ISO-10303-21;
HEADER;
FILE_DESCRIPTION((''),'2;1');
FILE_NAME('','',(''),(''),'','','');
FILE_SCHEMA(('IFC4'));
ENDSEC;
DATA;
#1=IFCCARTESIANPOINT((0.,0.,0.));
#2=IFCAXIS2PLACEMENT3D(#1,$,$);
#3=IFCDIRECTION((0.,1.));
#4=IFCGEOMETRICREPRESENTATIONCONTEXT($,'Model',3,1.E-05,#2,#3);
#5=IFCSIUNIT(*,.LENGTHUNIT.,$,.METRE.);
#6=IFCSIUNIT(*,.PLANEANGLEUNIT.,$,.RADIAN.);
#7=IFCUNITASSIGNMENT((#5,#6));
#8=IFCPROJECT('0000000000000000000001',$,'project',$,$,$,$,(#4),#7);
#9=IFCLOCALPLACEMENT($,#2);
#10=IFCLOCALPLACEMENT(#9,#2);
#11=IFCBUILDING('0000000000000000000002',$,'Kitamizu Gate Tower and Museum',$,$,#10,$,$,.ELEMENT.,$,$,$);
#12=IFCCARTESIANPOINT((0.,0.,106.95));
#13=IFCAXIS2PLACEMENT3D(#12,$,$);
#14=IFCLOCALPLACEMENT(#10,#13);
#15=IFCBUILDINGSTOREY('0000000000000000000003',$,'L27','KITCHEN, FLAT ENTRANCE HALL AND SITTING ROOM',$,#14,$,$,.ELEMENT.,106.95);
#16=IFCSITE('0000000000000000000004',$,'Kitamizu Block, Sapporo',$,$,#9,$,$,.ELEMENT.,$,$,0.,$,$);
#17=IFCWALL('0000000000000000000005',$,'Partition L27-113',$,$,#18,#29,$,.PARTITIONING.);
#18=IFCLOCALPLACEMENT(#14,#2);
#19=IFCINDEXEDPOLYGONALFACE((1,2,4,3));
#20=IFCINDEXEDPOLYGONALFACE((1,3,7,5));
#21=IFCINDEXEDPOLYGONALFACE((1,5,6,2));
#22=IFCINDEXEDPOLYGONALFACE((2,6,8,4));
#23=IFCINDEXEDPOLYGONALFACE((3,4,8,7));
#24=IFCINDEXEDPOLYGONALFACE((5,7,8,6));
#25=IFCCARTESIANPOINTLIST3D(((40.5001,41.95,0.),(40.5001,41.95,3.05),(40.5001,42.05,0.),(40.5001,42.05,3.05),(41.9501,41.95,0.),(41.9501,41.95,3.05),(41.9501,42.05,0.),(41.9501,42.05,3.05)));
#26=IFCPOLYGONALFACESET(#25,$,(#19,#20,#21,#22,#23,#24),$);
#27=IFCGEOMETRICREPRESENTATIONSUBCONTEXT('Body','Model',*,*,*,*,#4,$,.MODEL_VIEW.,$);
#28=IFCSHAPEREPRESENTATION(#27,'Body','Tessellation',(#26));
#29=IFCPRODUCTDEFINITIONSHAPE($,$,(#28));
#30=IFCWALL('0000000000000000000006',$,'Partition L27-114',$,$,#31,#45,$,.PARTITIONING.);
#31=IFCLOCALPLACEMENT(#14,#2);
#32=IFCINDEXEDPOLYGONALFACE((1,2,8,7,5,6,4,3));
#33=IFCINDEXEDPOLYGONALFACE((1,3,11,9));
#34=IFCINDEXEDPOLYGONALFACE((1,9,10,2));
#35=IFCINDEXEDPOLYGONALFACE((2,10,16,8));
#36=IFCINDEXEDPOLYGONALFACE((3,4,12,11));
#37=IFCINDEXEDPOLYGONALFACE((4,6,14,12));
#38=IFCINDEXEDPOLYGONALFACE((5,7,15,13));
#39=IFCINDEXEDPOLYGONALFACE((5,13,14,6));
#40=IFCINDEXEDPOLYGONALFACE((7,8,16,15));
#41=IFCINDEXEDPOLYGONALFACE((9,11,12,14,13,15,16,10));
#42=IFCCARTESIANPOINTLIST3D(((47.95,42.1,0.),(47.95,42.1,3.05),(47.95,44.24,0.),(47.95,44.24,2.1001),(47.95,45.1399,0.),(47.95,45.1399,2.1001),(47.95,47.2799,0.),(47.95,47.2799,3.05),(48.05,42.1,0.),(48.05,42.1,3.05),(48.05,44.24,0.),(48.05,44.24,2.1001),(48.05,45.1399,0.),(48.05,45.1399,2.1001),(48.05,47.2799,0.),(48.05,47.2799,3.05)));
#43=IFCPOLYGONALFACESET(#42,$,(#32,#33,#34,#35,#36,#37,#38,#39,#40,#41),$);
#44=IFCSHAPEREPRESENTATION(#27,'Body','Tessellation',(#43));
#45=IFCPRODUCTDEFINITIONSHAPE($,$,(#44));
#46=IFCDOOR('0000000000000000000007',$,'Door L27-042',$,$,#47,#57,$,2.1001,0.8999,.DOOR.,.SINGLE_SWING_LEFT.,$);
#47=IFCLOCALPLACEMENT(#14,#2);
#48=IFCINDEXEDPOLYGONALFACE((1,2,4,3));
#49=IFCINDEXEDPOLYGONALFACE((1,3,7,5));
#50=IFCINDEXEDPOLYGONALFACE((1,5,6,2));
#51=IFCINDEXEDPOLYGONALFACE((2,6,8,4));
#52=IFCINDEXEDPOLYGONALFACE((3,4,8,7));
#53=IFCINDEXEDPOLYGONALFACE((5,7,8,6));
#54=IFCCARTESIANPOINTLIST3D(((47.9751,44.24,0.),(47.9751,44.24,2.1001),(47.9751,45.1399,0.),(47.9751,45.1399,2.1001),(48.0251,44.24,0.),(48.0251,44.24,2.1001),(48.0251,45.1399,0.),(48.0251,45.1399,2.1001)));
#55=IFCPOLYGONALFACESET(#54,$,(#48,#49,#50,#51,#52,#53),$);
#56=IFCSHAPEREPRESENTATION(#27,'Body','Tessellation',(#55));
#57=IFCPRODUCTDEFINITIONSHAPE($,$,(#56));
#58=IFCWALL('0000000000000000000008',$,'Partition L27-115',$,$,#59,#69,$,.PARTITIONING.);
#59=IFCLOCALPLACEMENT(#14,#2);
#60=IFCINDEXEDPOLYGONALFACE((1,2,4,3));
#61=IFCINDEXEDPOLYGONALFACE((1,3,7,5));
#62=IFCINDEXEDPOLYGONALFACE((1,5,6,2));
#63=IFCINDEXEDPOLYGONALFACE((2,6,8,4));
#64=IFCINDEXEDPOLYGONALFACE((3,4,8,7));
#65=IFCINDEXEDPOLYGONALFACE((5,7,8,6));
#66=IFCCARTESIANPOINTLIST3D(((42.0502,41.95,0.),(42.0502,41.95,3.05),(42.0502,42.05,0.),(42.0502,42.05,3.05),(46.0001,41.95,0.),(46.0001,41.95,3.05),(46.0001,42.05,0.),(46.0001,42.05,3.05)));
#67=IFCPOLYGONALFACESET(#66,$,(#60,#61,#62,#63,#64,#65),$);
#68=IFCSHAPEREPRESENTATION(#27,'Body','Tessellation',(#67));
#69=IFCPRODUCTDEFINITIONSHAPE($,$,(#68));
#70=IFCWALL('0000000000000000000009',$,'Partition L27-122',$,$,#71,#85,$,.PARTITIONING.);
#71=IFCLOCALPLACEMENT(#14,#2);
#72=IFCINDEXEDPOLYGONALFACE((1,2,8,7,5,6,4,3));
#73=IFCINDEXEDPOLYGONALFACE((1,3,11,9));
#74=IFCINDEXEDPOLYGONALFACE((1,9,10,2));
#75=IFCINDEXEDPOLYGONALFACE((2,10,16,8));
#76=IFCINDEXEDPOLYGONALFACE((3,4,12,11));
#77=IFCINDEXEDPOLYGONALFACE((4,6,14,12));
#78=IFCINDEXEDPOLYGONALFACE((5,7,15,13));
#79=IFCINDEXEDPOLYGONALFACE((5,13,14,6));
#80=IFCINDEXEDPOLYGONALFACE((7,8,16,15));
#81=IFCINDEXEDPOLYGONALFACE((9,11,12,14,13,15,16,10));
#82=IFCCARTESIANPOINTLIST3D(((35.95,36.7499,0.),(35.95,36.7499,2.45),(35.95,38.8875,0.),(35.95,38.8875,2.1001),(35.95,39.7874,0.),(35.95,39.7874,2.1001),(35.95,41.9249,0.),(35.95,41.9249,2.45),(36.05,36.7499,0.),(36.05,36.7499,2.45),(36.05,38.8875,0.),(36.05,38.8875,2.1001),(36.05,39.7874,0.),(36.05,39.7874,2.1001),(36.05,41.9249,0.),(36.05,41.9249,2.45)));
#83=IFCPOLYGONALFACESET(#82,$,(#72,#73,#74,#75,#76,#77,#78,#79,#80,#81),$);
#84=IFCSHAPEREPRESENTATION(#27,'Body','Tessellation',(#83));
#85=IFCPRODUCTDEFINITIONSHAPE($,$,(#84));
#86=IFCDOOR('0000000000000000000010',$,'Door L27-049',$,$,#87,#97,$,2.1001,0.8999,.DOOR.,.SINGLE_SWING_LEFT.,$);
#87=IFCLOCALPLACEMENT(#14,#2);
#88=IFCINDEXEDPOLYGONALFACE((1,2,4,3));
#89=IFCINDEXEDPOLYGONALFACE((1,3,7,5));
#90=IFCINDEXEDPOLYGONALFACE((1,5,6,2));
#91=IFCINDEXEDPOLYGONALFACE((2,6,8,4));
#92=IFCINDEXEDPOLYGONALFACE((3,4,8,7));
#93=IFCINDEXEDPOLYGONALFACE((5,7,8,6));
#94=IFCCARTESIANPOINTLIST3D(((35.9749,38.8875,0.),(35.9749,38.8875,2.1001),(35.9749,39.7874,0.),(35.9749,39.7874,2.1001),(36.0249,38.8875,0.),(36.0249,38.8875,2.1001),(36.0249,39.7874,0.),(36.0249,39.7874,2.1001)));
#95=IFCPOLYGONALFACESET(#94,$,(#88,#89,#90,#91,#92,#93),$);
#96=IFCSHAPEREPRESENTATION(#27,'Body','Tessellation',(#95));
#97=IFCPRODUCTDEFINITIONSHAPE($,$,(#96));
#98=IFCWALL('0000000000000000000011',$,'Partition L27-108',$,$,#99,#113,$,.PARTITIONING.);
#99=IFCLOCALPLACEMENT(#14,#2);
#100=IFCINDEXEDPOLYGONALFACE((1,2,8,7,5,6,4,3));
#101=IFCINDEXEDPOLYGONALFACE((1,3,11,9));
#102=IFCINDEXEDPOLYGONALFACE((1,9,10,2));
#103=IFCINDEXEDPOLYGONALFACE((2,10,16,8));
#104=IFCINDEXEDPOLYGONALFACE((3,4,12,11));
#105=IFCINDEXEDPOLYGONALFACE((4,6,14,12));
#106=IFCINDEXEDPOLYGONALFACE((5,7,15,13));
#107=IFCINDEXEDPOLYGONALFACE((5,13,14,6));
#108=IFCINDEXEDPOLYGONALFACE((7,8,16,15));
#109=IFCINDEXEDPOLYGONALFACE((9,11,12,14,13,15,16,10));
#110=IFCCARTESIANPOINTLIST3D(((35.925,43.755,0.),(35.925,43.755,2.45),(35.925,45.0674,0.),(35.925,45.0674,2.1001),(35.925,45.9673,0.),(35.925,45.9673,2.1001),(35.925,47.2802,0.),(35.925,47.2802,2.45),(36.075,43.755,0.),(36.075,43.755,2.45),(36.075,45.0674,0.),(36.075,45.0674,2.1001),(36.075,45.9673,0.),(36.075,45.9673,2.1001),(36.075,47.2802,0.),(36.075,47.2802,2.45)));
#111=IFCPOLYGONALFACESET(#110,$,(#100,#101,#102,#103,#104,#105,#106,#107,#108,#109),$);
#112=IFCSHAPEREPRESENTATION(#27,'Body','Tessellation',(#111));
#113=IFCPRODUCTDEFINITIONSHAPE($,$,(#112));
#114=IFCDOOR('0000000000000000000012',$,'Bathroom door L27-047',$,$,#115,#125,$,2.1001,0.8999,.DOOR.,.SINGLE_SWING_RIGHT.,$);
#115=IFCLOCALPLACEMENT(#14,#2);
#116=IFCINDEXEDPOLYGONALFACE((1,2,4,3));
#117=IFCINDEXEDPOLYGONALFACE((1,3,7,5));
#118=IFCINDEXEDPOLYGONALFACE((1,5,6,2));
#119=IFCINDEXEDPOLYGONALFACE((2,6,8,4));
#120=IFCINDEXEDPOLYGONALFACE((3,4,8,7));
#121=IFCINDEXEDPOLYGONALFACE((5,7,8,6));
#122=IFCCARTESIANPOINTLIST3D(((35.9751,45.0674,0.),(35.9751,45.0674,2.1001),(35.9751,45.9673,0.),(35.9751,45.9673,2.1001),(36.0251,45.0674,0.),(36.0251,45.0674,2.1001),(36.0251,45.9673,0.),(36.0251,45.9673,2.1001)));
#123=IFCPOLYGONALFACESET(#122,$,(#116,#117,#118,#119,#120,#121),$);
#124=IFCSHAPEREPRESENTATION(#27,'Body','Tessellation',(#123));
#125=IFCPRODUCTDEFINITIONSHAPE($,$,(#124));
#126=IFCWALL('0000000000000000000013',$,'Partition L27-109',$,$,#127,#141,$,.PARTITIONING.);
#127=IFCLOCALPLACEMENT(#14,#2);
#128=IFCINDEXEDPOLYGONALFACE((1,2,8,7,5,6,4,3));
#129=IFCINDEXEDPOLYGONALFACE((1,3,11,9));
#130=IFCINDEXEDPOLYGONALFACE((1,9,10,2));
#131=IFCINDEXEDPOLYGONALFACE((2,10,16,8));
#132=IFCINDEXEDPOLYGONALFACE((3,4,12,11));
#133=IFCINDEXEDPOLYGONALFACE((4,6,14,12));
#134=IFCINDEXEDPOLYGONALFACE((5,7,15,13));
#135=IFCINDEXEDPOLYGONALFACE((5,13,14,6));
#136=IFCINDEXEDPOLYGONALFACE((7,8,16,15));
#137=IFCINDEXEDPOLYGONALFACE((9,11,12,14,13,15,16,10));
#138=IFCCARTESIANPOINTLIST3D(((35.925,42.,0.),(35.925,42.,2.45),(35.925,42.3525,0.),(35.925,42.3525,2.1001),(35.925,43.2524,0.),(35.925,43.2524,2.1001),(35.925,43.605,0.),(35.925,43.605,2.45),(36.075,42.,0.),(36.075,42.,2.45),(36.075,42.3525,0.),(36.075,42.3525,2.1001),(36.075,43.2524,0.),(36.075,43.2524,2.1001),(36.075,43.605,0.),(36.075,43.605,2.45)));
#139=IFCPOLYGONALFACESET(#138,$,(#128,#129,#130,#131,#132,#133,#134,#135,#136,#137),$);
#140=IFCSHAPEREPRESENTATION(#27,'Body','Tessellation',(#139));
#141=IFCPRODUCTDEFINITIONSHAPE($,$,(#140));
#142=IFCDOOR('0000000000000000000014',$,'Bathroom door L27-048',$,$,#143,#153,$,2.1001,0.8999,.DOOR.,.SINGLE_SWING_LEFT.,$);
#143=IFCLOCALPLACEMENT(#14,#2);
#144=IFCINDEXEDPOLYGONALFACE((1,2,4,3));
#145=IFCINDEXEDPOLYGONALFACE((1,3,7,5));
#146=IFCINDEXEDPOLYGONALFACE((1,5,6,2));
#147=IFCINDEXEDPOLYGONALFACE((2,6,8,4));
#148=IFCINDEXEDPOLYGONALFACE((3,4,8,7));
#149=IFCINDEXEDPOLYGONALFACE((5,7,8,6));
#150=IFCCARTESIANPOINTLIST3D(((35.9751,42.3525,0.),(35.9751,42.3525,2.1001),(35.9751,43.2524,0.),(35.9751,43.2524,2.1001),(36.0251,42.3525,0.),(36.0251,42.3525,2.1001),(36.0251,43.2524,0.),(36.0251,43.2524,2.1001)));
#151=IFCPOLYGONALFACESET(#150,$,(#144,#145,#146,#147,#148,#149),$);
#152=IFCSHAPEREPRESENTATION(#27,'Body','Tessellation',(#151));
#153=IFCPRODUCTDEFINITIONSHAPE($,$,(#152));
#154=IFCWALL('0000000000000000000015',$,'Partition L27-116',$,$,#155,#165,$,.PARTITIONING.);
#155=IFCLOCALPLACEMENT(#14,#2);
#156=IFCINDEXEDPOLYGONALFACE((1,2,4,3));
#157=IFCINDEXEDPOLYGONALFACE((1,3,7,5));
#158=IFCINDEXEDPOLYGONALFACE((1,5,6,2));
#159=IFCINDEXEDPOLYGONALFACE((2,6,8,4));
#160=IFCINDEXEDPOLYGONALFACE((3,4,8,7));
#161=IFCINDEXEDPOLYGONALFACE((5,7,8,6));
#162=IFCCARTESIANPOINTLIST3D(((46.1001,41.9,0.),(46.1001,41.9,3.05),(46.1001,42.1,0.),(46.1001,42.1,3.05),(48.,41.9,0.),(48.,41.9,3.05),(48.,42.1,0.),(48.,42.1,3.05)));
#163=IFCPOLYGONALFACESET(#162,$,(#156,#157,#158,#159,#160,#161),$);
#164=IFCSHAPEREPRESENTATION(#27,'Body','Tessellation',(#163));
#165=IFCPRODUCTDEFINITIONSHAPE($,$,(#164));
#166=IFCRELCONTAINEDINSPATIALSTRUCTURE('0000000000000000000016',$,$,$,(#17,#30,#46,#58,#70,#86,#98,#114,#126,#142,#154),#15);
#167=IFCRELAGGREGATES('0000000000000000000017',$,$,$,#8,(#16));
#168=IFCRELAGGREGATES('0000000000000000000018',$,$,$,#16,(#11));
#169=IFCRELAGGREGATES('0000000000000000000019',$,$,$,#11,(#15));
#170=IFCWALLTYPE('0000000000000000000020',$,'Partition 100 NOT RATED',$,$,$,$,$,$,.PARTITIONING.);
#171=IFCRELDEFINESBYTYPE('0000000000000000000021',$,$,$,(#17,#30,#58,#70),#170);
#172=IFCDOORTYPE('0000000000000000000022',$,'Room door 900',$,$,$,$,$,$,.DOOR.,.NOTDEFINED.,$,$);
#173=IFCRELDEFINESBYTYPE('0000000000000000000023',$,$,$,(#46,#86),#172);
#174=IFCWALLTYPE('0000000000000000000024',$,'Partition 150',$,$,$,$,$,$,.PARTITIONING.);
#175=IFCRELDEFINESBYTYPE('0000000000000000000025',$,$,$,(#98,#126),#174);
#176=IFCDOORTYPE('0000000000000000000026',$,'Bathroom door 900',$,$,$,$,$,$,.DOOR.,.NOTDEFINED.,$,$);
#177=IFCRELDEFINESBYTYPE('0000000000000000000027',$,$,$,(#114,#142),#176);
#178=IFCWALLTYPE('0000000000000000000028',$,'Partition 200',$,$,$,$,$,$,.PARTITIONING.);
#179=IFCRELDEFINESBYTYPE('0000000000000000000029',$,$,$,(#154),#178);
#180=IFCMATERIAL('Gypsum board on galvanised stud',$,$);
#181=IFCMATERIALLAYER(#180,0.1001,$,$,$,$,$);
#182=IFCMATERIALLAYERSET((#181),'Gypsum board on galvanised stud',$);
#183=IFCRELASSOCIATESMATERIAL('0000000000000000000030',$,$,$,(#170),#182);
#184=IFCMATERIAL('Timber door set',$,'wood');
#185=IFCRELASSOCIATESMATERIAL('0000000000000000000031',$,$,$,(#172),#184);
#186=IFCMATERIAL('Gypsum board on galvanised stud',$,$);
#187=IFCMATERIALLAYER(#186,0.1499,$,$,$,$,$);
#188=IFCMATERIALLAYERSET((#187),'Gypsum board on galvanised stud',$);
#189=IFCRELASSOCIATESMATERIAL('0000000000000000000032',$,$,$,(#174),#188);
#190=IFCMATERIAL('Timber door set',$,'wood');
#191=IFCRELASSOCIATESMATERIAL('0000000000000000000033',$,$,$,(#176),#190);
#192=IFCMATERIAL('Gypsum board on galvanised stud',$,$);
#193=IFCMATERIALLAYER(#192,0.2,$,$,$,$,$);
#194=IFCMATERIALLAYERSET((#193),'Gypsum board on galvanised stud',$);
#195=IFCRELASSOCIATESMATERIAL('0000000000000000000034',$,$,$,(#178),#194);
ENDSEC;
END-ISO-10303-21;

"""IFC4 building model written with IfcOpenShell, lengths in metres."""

from ifc_helpers import new_model, si_unit, direction, frame, frame_2d, origin, place, context, subcontext, project, spatial, rectangle, extrude, material, layer, layer_set, type_object, element, fill, save


model = new_model("IFC4")

# Units and contexts
model_context = context("Model", 3, precision=1e-05, world=origin(), true_north=direction((0.0, 1.0)))
body_context = subcontext(model_context, "Body", "Model", "MODEL_VIEW")
ifc_project = project(units=[si_unit("LENGTHUNIT", "METRE"), si_unit("PLANEANGLEUNIT", "RADIAN")], contexts=[model_context])

# Site, building, storey
site_placement = place(None, origin())
site = spatial("IfcSite", under=ifc_project, at=site_placement, Name="Kitamizu Block, Sapporo", CompositionType="ELEMENT", RefElevation=0.0)
building_placement = place(site_placement, origin())
building = spatial("IfcBuilding", under=site, at=building_placement, Name="Kitamizu Gate Tower and Museum", CompositionType="ELEMENT")
storey_placement = place(building_placement, frame((0.0, 0.0, 106.95)))
storey = spatial("IfcBuildingStorey", under=building, at=storey_placement, Name="L27", Description="KITCHEN, FLAT ENTRANCE HALL AND SITTING ROOM", CompositionType="ELEMENT", Elevation=106.95)

# Shared definitions
ifc_material_1 = material(Name="Gypsum board on galvanised stud")
ifc_layer_1 = layer(ifc_material_1, 0.1001)
ifc_layer_set_1 = layer_set([ifc_layer_1], Name="Gypsum board on galvanised stud")
wall_type_1 = type_object("IfcWallType", Name="Partition 100 NOT RATED", PredefinedType="PARTITIONING", material=ifc_layer_set_1)
ifc_material_2 = material(Name="Timber door set", Category="wood")
door_type_1 = type_object("IfcDoorType", Name="Room door 900", OperationType="NOTDEFINED", PredefinedType="DOOR", material=ifc_material_2)

# Wall
wall_1_placement = place(storey_placement, frame((40.5, 42.0, 0.0), z_axis=(0.0, 0.0, 1.0), x_axis=(1.0, 0.0, 0.0)))
element("IfcWall", 1, at=wall_1_placement, inside=storey, type_object=wall_type_1, Name="Partition L27-113", PredefinedType="PARTITIONING", context=body_context, shape_type="SweptSolid", body=[
    extrude(rectangle(XDim=1.45, YDim=0.1001, at=frame_2d((0.7251, 0.0))), origin(), (0.0, 0.0, 1.0), 3.05),
])

# Wall, opening, door
wall_2_placement = place(storey_placement, frame((48.0, 42.1001, 0.0), z_axis=(0.0, 0.0, 1.0), x_axis=(0.0, 1.0, 0.0)))
wall_2 = element("IfcWall", 2, at=wall_2_placement, inside=storey, type_object=wall_type_1, Name="Partition L27-114", PredefinedType="PARTITIONING", context=body_context, shape_type="SweptSolid", body=[
    extrude(rectangle(XDim=5.1799, YDim=0.1001, at=frame_2d((2.5898, 0.0))), origin(), (0.0, 0.0, 1.0), 3.05),
])
opening_1_placement = place(wall_2_placement, frame((2.1399, 0.0, 0.0)))
opening_1 = element("IfcOpeningElement", 3, at=opening_1_placement, cuts=wall_2, PredefinedType="OPENING", context=body_context, shape_type="SweptSolid", body=[
    extrude(rectangle(XDim=0.8999, YDim=2.1001, at=frame_2d((0.45, 1.05))), frame((0.0, 0.0601, 0.0), z_axis=(0.0, -1.0, 0.0), x_axis=(1.0, 0.0, 0.0)), (0.0, 0.0, 1.0), 0.1201),
])
door_1_placement = place(opening_1_placement, origin())
door_1 = element("IfcDoor", 4, at=door_1_placement, inside=storey, type_object=door_type_1, Name="Door L27-042", OperationType="SINGLE_SWING_LEFT", OverallHeight=2.1001, OverallWidth=0.8999, PredefinedType="DOOR", context=body_context, shape_type="SweptSolid", body=[
    extrude(rectangle(XDim=0.8999, YDim=2.1001, at=frame_2d((0.45, 1.05))), frame((0.0, 0.0249, 0.0), z_axis=(0.0, -1.0, 0.0), x_axis=(1.0, 0.0, 0.0)), (0.0, 0.0, 1.0), 0.05),
])
fill(opening_1, door_1)

# Wall
wall_3_placement = place(storey_placement, frame((42.05, 42.0, 0.0), z_axis=(0.0, 0.0, 1.0), x_axis=(1.0, 0.0, 0.0)))
element("IfcWall", 5, at=wall_3_placement, inside=storey, type_object=wall_type_1, Name="Partition L27-115", PredefinedType="PARTITIONING", context=body_context, shape_type="SweptSolid", body=[
    extrude(rectangle(XDim=3.95, YDim=0.1001, at=frame_2d((1.9751, 0.0))), origin(), (0.0, 0.0, 1.0), 3.05),
])

# Walls, openings, doors
wall_4_placement = place(storey_placement, frame((36.0, 36.75, 0.0), z_axis=(0.0, 0.0, 1.0), x_axis=(0.0, 1.0, 0.0)))
wall_4 = element("IfcWall", 6, at=wall_4_placement, inside=storey, type_object=wall_type_1, Name="Partition L27-122", PredefinedType="PARTITIONING", context=body_context, shape_type="SweptSolid", body=[
    extrude(rectangle(XDim=5.175, YDim=0.1001, at=frame_2d((2.5874, 0.0))), origin(), (0.0, 0.0, 1.0), 2.45),
])
opening_2_placement = place(wall_4_placement, frame((2.1375, 0.0, 0.0)))
opening_2 = element("IfcOpeningElement", 7, at=opening_2_placement, cuts=wall_4, PredefinedType="OPENING", context=body_context, shape_type="SweptSolid", body=[
    extrude(rectangle(XDim=0.8999, YDim=2.1001, at=frame_2d((0.45, 1.05))), frame((0.0, 0.0601, 0.0), z_axis=(0.0, -1.0, 0.0), x_axis=(1.0, 0.0, 0.0)), (0.0, 0.0, 1.0), 0.1201),
])
door_2_placement = place(opening_2_placement, frame((0.8999, 0.0, 0.0), x_axis=(-1.0, 0.0, 0.0)))
door_2 = element("IfcDoor", 8, at=door_2_placement, inside=storey, type_object=door_type_1, Name="Door L27-049", OperationType="SINGLE_SWING_LEFT", OverallHeight=2.1001, OverallWidth=0.8999, PredefinedType="DOOR", context=body_context, shape_type="SweptSolid", body=[
    extrude(rectangle(XDim=0.8999, YDim=2.1001, at=frame_2d((0.45, 1.05))), frame((0.0, 0.0249, 0.0), z_axis=(0.0, -1.0, 0.0), x_axis=(1.0, 0.0, 0.0)), (0.0, 0.0, 1.0), 0.05),
])
fill(opening_2, door_2)
ifc_material_3 = material(Name="Gypsum board on galvanised stud")
ifc_layer_2 = layer(ifc_material_3, 0.1499)
ifc_layer_set_2 = layer_set([ifc_layer_2], Name="Gypsum board on galvanised stud")
wall_type_2 = type_object("IfcWallType", Name="Partition 150", PredefinedType="PARTITIONING", material=ifc_layer_set_2)
wall_5_placement = place(storey_placement, frame((36.0, 43.7549, 0.0), z_axis=(0.0, 0.0, 1.0), x_axis=(0.0, 1.0, 0.0)))
wall_5 = element("IfcWall", 9, at=wall_5_placement, inside=storey, type_object=wall_type_2, Name="Partition L27-108", PredefinedType="PARTITIONING", context=body_context, shape_type="SweptSolid", body=[
    extrude(rectangle(XDim=3.5251, YDim=0.1499, at=frame_2d((1.7627, 0.0))), origin(), (0.0, 0.0, 1.0), 2.45),
])
opening_3_placement = place(wall_5_placement, frame((1.3125, 0.0, 0.0)))
opening_3 = element("IfcOpeningElement", 10, at=opening_3_placement, cuts=wall_5, PredefinedType="OPENING", context=body_context, shape_type="SweptSolid", body=[
    extrude(rectangle(XDim=0.8999, YDim=2.1001, at=frame_2d((0.45, 1.05))), frame((0.0, 0.085, 0.0), z_axis=(0.0, -1.0, 0.0), x_axis=(1.0, 0.0, 0.0)), (0.0, 0.0, 1.0), 0.1699),
])
ifc_material_4 = material(Name="Timber door set", Category="wood")
door_type_2 = type_object("IfcDoorType", Name="Bathroom door 900", OperationType="NOTDEFINED", PredefinedType="DOOR", material=ifc_material_4)
door_3_placement = place(opening_3_placement, origin())
door_3 = element("IfcDoor", 11, at=door_3_placement, inside=storey, type_object=door_type_2, Name="Bathroom door L27-047", OperationType="SINGLE_SWING_RIGHT", OverallHeight=2.1001, OverallWidth=0.8999, PredefinedType="DOOR", context=body_context, shape_type="SweptSolid", body=[
    extrude(rectangle(XDim=0.8999, YDim=2.1001, at=frame_2d((0.45, 1.05))), frame((0.0, 0.0249, 0.0), z_axis=(0.0, -1.0, 0.0), x_axis=(1.0, 0.0, 0.0)), (0.0, 0.0, 1.0), 0.05),
])
fill(opening_3, door_3)
wall_6_placement = place(storey_placement, frame((36.0, 42.0, 0.0), z_axis=(0.0, 0.0, 1.0), x_axis=(0.0, 1.0, 0.0)))
wall_6 = element("IfcWall", 12, at=wall_6_placement, inside=storey, type_object=wall_type_2, Name="Partition L27-109", PredefinedType="PARTITIONING", context=body_context, shape_type="SweptSolid", body=[
    extrude(rectangle(XDim=1.605, YDim=0.1499, at=frame_2d((0.8025, 0.0))), origin(), (0.0, 0.0, 1.0), 2.45),
])
opening_4_placement = place(wall_6_placement, frame((0.3525, 0.0, 0.0)))
opening_4 = element("IfcOpeningElement", 13, at=opening_4_placement, cuts=wall_6, PredefinedType="OPENING", context=body_context, shape_type="SweptSolid", body=[
    extrude(rectangle(XDim=0.8999, YDim=2.1001, at=frame_2d((0.45, 1.05))), frame((0.0, 0.085, 0.0), z_axis=(0.0, -1.0, 0.0), x_axis=(1.0, 0.0, 0.0)), (0.0, 0.0, 1.0), 0.1699),
])
door_4_placement = place(opening_4_placement, origin())
door_4 = element("IfcDoor", 14, at=door_4_placement, inside=storey, type_object=door_type_2, Name="Bathroom door L27-048", OperationType="SINGLE_SWING_LEFT", OverallHeight=2.1001, OverallWidth=0.8999, PredefinedType="DOOR", context=body_context, shape_type="SweptSolid", body=[
    extrude(rectangle(XDim=0.8999, YDim=2.1001, at=frame_2d((0.45, 1.05))), frame((0.0, 0.0249, 0.0), z_axis=(0.0, -1.0, 0.0), x_axis=(1.0, 0.0, 0.0)), (0.0, 0.0, 1.0), 0.05),
])
fill(opening_4, door_4)

# Wall
ifc_material_5 = material(Name="Gypsum board on galvanised stud")
ifc_layer_3 = layer(ifc_material_5, 0.2)
ifc_layer_set_3 = layer_set([ifc_layer_3], Name="Gypsum board on galvanised stud")
wall_type_3 = type_object("IfcWallType", Name="Partition 200", PredefinedType="PARTITIONING", material=ifc_layer_set_3)
wall_7_placement = place(storey_placement, frame((46.1001, 42.0, 0.0), z_axis=(0.0, 0.0, 1.0), x_axis=(1.0, 0.0, 0.0)))
element("IfcWall", 15, at=wall_7_placement, inside=storey, type_object=wall_type_3, Name="Partition L27-116", PredefinedType="PARTITIONING", context=body_context, shape_type="SweptSolid", body=[
    extrude(rectangle(XDim=1.8999, YDim=0.2, at=frame_2d((0.95, 0.0))), origin(), (0.0, 0.0, 1.0), 3.05),
])

save(model, "model.ifc")
